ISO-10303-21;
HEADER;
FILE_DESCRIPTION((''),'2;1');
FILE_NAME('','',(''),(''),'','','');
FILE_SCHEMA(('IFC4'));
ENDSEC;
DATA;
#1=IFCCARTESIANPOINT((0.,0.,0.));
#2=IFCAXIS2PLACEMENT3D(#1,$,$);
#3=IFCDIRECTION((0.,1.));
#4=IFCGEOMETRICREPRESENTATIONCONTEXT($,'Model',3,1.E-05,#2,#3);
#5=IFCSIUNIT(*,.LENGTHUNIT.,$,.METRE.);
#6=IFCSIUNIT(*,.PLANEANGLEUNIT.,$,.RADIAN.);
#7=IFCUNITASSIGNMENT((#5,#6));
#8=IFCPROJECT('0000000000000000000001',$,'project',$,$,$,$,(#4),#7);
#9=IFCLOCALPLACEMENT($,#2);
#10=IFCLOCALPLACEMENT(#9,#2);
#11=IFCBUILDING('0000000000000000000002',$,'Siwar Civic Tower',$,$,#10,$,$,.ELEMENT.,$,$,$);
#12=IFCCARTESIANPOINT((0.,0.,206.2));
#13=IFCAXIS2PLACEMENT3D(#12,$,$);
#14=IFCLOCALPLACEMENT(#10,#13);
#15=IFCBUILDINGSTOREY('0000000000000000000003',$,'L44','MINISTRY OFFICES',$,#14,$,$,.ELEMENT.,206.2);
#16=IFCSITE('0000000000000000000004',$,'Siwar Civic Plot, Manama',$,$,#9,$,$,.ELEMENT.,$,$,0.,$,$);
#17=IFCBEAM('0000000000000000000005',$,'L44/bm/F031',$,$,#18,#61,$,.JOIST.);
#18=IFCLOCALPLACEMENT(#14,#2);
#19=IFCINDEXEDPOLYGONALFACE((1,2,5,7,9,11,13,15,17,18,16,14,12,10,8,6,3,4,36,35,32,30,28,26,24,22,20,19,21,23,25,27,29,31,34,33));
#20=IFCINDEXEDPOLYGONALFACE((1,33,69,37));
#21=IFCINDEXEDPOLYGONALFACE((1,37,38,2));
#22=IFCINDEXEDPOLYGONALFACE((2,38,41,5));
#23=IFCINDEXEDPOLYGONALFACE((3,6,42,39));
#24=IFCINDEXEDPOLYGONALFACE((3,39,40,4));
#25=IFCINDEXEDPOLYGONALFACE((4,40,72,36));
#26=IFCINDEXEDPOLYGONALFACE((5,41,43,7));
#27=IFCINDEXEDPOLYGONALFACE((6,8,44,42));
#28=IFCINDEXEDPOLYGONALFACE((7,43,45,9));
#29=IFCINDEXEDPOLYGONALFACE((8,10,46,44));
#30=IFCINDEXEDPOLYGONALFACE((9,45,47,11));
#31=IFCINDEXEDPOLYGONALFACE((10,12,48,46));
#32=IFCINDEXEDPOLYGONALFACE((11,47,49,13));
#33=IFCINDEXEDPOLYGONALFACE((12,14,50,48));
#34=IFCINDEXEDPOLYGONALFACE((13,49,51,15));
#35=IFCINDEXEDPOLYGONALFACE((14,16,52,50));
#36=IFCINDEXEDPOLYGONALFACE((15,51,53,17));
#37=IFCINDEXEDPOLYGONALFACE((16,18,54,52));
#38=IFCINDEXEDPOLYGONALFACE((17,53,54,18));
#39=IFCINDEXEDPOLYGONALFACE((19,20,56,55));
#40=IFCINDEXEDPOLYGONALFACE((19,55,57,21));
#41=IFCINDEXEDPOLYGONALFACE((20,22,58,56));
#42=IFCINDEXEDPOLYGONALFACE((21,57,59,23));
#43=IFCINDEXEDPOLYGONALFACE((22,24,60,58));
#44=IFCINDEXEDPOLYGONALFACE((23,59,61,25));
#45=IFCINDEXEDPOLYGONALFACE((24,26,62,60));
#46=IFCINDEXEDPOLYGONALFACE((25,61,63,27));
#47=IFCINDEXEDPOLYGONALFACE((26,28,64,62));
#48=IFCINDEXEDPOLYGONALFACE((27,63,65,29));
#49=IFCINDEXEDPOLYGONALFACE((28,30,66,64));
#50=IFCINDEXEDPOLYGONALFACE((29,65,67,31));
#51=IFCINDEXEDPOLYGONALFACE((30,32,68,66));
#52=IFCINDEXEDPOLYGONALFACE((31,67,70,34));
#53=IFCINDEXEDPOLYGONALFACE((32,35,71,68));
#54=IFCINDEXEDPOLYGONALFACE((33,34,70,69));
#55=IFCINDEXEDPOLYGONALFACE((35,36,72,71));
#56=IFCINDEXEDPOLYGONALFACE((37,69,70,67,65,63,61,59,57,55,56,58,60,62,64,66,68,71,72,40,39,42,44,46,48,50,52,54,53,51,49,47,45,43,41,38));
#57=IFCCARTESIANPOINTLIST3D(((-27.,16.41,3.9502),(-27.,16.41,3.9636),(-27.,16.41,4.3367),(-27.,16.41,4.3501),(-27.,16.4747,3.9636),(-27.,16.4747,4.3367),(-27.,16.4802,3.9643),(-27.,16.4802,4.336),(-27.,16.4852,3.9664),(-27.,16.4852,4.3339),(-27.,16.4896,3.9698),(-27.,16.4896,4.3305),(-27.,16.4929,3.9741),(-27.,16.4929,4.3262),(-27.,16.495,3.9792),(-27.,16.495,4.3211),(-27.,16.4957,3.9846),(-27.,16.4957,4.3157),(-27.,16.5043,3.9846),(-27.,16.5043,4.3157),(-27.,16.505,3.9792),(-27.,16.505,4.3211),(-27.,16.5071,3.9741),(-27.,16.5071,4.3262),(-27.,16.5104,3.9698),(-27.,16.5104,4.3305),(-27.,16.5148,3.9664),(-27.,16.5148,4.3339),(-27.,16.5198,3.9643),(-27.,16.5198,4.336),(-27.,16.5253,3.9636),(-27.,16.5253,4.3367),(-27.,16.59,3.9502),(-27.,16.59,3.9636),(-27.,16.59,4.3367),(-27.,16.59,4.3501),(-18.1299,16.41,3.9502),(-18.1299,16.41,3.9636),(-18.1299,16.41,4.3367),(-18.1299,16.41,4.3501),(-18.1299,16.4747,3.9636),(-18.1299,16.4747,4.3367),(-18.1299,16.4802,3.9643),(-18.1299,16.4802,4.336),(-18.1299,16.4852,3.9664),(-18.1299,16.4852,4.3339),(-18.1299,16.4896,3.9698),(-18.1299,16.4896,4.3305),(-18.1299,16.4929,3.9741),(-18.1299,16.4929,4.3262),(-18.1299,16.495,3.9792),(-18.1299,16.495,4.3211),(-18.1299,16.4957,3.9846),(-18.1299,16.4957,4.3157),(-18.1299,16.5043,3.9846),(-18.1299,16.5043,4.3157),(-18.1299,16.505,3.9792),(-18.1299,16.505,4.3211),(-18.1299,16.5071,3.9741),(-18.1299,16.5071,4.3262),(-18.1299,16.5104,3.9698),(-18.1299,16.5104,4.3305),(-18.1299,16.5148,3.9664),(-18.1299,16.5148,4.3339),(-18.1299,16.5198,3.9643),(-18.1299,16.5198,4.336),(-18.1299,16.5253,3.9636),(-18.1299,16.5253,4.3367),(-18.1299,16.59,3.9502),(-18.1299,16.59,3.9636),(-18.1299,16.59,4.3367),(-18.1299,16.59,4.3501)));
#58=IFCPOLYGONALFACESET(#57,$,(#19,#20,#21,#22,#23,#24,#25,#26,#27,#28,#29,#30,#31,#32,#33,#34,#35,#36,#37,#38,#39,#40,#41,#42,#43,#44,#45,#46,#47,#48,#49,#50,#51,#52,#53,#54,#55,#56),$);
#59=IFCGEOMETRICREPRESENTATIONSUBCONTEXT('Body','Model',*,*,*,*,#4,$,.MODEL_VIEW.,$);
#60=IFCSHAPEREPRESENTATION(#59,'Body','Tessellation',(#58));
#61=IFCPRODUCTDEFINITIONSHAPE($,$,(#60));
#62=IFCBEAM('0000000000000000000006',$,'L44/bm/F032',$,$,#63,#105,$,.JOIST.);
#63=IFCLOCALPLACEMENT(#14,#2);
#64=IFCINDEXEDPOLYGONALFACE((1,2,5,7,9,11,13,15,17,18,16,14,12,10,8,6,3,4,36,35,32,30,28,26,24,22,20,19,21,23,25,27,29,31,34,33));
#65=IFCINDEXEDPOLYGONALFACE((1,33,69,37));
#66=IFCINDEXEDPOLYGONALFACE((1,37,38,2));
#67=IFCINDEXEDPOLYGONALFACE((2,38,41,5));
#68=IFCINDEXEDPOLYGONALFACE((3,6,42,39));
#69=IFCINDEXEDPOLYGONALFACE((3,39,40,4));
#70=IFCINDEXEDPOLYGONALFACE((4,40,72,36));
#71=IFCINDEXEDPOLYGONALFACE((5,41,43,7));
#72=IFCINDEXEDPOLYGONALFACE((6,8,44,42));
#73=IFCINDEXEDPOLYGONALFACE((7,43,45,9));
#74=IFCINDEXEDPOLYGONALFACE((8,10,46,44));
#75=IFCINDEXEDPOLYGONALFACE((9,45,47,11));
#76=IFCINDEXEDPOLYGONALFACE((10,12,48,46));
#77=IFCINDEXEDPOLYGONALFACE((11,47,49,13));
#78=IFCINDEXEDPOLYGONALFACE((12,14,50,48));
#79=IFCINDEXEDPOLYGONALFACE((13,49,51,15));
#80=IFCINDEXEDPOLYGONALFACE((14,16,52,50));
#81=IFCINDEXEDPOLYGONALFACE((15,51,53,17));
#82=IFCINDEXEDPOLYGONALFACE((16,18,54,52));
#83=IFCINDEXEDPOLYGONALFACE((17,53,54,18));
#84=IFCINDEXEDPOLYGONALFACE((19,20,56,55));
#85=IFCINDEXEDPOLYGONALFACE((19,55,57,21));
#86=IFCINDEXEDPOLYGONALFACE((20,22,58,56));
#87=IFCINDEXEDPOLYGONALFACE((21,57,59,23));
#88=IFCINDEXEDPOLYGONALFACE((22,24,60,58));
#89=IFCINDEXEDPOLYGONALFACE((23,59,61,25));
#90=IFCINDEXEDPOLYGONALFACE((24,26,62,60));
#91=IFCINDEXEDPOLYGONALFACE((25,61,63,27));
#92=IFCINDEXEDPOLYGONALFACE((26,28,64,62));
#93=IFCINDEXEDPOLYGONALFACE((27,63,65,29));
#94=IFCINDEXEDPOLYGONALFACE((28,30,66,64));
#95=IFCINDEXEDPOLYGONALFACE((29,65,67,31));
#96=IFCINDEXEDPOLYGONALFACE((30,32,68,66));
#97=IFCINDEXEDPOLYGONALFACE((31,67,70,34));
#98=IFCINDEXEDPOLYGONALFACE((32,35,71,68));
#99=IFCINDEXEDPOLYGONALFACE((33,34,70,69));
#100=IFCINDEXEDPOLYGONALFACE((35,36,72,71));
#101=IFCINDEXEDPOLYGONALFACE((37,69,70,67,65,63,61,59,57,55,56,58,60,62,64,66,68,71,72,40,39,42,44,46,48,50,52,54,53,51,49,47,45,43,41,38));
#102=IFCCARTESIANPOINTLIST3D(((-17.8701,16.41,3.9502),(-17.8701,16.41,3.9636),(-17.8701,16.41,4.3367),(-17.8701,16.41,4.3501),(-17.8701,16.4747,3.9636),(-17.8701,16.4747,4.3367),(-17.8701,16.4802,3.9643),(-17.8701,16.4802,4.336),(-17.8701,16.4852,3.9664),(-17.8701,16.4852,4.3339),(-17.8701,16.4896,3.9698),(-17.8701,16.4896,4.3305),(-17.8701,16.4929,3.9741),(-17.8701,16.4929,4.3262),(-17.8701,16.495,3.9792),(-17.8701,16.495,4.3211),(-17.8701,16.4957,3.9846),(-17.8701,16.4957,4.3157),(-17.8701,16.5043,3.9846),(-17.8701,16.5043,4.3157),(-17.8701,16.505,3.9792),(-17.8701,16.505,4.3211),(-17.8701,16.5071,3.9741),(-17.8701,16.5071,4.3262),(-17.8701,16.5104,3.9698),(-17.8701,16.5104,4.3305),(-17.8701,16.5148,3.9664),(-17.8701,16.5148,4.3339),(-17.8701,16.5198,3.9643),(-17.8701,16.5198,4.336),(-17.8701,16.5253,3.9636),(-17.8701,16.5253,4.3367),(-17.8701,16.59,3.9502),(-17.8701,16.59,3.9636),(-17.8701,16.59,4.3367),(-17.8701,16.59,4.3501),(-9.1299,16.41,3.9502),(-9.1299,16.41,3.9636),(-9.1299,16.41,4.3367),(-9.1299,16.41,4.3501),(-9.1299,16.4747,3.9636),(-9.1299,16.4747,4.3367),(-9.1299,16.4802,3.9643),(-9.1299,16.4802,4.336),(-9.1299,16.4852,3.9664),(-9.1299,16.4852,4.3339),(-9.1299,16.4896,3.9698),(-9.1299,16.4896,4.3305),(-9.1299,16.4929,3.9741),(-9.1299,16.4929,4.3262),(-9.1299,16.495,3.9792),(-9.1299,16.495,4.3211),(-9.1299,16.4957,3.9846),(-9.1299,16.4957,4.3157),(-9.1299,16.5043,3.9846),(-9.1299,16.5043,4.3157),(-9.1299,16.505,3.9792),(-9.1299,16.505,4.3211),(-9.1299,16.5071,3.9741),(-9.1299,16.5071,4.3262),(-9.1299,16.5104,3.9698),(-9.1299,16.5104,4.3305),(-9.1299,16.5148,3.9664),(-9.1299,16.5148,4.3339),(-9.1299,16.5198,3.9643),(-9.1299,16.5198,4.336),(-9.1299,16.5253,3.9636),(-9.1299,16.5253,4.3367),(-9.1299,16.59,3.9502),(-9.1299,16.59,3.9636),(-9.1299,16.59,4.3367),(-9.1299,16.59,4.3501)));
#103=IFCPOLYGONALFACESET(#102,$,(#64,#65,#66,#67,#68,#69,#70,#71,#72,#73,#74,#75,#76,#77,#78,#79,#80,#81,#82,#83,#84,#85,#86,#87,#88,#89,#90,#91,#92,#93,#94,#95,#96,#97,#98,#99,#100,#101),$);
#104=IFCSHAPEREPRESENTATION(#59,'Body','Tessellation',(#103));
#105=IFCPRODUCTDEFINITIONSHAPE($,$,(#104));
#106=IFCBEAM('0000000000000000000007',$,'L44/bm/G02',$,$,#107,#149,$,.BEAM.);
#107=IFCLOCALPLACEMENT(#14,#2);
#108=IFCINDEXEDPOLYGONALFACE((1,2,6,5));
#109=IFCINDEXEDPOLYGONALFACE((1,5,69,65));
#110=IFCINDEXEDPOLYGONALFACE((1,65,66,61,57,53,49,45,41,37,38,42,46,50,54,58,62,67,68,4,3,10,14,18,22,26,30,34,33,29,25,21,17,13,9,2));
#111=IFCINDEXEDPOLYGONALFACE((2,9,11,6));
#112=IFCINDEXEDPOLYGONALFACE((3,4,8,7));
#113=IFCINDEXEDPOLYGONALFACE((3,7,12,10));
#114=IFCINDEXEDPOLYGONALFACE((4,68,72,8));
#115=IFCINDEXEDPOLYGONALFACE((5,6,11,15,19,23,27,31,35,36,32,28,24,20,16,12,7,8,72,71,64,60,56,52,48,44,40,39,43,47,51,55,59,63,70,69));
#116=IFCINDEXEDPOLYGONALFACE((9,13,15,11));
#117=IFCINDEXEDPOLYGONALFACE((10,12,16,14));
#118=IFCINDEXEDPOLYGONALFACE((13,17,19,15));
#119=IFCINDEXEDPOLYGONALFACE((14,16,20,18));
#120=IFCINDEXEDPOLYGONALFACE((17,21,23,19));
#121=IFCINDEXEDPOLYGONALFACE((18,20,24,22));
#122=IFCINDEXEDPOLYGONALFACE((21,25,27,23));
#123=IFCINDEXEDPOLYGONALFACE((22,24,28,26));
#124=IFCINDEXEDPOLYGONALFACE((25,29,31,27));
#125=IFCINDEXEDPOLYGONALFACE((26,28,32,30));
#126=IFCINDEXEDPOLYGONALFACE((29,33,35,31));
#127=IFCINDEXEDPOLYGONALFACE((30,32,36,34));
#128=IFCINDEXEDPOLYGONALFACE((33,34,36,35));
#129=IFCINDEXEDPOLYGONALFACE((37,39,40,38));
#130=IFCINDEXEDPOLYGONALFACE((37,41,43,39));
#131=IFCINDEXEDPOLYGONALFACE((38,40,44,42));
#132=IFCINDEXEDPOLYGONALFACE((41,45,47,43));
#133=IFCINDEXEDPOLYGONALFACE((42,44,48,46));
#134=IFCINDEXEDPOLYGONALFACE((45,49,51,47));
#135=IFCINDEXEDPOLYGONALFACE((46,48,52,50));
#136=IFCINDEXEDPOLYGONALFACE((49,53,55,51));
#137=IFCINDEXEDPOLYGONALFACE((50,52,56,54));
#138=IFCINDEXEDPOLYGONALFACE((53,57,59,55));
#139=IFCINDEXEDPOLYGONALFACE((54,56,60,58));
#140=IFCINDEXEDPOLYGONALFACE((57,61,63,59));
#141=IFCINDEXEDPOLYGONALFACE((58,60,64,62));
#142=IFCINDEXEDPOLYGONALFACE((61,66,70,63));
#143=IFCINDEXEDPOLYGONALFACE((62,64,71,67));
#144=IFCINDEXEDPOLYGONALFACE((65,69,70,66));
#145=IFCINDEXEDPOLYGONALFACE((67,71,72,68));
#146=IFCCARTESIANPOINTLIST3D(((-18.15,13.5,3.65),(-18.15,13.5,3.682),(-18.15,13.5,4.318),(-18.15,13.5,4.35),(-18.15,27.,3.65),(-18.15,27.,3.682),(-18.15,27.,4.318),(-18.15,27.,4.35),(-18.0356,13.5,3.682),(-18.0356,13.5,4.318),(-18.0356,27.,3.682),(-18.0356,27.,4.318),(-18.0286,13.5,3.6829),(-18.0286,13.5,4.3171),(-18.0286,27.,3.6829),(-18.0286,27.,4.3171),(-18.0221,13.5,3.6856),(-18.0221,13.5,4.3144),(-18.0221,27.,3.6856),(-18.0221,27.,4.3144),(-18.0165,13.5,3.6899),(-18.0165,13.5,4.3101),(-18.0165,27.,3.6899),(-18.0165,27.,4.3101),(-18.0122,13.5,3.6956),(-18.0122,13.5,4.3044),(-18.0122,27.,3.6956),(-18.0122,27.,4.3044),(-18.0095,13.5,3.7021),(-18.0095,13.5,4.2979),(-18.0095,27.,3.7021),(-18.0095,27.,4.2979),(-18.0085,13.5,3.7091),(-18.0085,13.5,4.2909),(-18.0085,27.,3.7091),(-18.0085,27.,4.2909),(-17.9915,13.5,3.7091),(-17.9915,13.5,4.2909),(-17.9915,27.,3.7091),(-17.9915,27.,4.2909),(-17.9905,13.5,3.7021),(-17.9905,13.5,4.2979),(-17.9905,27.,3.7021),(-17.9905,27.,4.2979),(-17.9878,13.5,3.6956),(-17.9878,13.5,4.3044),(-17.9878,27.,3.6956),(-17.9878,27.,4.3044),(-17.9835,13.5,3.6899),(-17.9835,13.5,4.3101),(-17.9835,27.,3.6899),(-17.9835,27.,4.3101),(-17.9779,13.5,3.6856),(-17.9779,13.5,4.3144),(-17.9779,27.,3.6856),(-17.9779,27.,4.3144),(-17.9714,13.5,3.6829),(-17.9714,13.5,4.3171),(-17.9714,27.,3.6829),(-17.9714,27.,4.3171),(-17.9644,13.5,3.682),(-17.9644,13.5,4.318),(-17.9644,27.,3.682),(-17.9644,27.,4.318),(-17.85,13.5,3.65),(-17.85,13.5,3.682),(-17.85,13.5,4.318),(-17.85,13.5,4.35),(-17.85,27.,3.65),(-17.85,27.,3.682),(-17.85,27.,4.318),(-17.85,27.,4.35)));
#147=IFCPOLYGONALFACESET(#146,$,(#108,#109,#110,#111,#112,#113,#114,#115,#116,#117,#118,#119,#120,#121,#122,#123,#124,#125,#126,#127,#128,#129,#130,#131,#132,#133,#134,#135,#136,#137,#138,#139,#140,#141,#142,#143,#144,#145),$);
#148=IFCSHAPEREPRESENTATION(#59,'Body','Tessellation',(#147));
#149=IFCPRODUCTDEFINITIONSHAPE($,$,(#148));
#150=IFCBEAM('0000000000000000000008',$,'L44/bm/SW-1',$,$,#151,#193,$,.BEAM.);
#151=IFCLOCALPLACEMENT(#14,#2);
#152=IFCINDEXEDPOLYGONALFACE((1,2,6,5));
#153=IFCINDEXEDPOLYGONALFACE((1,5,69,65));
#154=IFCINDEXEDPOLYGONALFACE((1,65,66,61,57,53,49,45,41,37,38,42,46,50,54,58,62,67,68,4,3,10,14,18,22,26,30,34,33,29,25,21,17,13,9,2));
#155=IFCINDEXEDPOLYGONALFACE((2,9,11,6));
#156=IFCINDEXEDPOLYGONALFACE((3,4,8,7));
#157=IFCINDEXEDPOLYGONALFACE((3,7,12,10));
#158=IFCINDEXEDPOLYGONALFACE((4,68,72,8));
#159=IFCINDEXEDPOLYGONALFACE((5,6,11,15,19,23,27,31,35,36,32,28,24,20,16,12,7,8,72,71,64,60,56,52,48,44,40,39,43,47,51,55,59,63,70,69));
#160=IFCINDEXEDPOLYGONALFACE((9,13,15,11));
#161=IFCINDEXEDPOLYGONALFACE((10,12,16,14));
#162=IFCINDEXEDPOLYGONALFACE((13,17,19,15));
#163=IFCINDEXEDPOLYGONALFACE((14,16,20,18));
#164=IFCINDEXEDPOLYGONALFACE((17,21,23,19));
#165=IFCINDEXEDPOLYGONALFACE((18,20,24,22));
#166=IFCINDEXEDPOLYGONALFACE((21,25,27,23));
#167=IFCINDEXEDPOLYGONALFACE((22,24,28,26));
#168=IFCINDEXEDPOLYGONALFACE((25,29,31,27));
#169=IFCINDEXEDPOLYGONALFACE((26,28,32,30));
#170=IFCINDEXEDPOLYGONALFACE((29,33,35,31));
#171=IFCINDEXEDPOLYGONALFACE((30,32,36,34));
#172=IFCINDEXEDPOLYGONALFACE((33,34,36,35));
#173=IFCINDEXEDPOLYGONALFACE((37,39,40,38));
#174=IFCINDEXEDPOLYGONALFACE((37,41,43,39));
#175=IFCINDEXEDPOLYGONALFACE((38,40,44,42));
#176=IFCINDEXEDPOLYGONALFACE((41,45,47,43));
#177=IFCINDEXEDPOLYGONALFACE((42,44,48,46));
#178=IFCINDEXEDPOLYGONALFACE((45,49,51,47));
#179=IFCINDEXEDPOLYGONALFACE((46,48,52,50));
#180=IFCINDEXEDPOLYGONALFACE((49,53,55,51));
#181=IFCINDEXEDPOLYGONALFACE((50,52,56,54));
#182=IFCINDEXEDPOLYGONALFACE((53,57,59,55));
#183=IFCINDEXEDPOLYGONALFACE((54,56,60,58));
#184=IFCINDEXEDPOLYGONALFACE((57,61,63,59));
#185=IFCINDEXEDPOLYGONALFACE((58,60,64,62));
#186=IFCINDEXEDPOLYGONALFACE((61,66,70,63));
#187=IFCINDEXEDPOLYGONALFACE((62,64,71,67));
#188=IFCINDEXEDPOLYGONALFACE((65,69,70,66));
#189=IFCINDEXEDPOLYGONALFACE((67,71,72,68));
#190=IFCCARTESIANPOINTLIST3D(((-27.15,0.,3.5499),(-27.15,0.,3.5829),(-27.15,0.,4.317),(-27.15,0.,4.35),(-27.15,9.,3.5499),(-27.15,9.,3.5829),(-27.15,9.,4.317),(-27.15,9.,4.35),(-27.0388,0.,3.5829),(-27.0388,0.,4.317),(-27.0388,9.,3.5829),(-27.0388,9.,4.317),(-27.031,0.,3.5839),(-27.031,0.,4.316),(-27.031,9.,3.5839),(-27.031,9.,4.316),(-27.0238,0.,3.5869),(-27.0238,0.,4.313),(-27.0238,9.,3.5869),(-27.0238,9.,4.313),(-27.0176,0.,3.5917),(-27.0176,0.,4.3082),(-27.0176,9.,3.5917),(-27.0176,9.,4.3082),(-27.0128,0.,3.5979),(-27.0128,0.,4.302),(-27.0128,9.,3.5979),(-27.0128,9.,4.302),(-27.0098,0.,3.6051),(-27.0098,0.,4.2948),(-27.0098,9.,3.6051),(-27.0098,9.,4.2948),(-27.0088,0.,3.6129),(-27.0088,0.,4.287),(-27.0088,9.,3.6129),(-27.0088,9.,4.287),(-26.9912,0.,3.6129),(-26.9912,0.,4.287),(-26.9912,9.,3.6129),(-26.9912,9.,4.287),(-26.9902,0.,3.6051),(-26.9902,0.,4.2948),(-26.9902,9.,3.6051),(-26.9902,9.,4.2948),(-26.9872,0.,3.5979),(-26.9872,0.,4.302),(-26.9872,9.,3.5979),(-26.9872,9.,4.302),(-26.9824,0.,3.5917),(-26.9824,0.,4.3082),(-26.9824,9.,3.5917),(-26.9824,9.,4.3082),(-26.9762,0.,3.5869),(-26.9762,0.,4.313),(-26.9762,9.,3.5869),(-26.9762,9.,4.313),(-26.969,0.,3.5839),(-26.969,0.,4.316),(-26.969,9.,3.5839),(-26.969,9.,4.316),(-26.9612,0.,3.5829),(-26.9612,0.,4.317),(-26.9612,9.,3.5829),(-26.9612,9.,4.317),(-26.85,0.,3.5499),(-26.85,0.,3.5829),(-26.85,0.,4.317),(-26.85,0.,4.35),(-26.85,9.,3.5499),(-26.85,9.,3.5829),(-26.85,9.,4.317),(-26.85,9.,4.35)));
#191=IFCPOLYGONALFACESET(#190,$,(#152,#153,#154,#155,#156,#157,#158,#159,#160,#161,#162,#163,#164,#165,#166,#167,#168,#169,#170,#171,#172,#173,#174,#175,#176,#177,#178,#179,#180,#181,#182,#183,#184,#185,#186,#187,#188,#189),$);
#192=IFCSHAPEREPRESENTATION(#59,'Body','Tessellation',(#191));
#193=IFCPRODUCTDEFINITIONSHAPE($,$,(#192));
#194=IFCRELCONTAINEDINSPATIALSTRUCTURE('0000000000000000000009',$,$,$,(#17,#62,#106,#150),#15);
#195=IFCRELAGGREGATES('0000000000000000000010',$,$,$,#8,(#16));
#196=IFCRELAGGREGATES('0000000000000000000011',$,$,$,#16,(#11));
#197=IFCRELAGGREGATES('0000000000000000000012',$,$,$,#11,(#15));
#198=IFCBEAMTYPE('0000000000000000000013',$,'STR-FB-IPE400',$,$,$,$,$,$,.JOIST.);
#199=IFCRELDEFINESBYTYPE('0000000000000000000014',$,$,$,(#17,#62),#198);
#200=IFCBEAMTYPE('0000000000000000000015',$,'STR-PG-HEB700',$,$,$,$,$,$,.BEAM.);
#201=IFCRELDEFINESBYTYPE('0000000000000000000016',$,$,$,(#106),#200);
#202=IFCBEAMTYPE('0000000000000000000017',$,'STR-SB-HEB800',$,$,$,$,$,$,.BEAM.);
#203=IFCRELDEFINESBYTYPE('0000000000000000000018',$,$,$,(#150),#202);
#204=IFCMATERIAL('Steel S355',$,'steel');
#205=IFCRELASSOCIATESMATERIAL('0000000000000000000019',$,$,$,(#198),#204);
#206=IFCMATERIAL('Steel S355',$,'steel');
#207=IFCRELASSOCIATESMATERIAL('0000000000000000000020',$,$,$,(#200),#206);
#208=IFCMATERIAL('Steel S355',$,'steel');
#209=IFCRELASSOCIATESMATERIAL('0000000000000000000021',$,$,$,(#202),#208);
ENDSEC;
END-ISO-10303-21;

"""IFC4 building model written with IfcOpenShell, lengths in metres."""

from ifc_helpers import new_model, si_unit, direction, frame, origin, origin_2d, place, context, subcontext, project, spatial, i_section, extrude, material, material_profile, profile_set, type_object, element, save


model = new_model("IFC4")

# Units and contexts
model_context = context("Model", 3, precision=1e-05, world=origin(), true_north=direction((0.0, 1.0)))
body_context = subcontext(model_context, "Body", "Model", "MODEL_VIEW")
ifc_project = project(units=[si_unit("LENGTHUNIT", "METRE"), si_unit("PLANEANGLEUNIT", "RADIAN")], contexts=[model_context])

# Site, building, storey
site_placement = place(None, origin())
site = spatial("IfcSite", under=ifc_project, at=site_placement, Name="Siwar Civic Plot, Manama", CompositionType="ELEMENT", RefElevation=0.0)
building_placement = place(site_placement, origin())
building = spatial("IfcBuilding", under=site, at=building_placement, Name="Siwar Civic Tower", CompositionType="ELEMENT")
storey_placement = place(building_placement, frame((0.0, 0.0, 206.2)))
storey = spatial("IfcBuildingStorey", under=building, at=storey_placement, Name="L44", Description="MINISTRY OFFICES", CompositionType="ELEMENT", Elevation=206.2)

# Beams
ifc_material_1 = material(Name="Steel S355", Category="steel")
ifc_material_profile_1 = material_profile(ifc_material_1, i_section(OverallWidth=0.1799, OverallDepth=0.3999, WebThickness=0.0085, FlangeThickness=0.0134, FilletRadius=0.021, at=origin_2d()), Name="IPE400")
ifc_profile_set_1 = profile_set([ifc_material_profile_1], Name="Steel S355")
beam_type_1 = type_object("IfcBeamType", Name="STR-FB-IPE400", PredefinedType="JOIST", material=ifc_profile_set_1)
beam_1_placement = place(storey_placement, frame((-27.0, 16.5, 4.1501), z_axis=(1.0, 0.0, 0.0), x_axis=(0.0, 1.0, 0.0)))
element("IfcBeam", 1, at=beam_1_placement, inside=storey, type_object=beam_type_1, Name="L44/bm/F031", PredefinedType="JOIST", context=body_context, shape_type="SweptSolid", body=[
    extrude(i_section(OverallWidth=0.1799, OverallDepth=0.3999, WebThickness=0.0085, FlangeThickness=0.0134, FilletRadius=0.021, at=origin_2d()), origin(), (0.0, 0.0, 1.0), 8.8701),
])
beam_2_placement = place(storey_placement, frame((-17.8701, 16.5, 4.1501), z_axis=(1.0, 0.0, 0.0), x_axis=(0.0, 1.0, 0.0)))
element("IfcBeam", 2, at=beam_2_placement, inside=storey, type_object=beam_type_1, Name="L44/bm/F032", PredefinedType="JOIST", context=body_context, shape_type="SweptSolid", body=[
    extrude(i_section(OverallWidth=0.1799, OverallDepth=0.3999, WebThickness=0.0085, FlangeThickness=0.0134, FilletRadius=0.021, at=origin_2d()), origin(), (0.0, 0.0, 1.0), 8.7402),
])
ifc_material_2 = material(Name="Steel S355", Category="steel")
ifc_material_profile_2 = material_profile(ifc_material_2, i_section(OverallWidth=0.3, OverallDepth=0.7, WebThickness=0.0171, FlangeThickness=0.032, FilletRadius=0.0271, at=origin_2d()), Name="HEB700")
ifc_profile_set_2 = profile_set([ifc_material_profile_2], Name="Steel S355")
beam_type_2 = type_object("IfcBeamType", Name="STR-PG-HEB700", PredefinedType="BEAM", material=ifc_profile_set_2)
beam_3_placement = place(storey_placement, frame((-18.0, 13.5, 4.0), z_axis=(0.0, 1.0, 0.0), x_axis=(-1.0, 0.0, 0.0)))
element("IfcBeam", 3, at=beam_3_placement, inside=storey, type_object=beam_type_2, Name="L44/bm/G02", PredefinedType="BEAM", context=body_context, shape_type="SweptSolid", body=[
    extrude(i_section(OverallWidth=0.3, OverallDepth=0.7, WebThickness=0.0171, FlangeThickness=0.032, FilletRadius=0.0271, at=origin_2d()), origin(), (0.0, 0.0, 1.0), 13.5),
])
ifc_material_3 = material(Name="Steel S355", Category="steel")
ifc_material_profile_3 = material_profile(ifc_material_3, i_section(OverallWidth=0.3, OverallDepth=0.8, WebThickness=0.0176, FlangeThickness=0.033, FilletRadius=0.03, at=origin_2d()), Name="HEB800")
ifc_profile_set_3 = profile_set([ifc_material_profile_3], Name="Steel S355")
beam_type_3 = type_object("IfcBeamType", Name="STR-SB-HEB800", PredefinedType="BEAM", material=ifc_profile_set_3)
for number, where, z_axis, x_axis, name in (
    (4, (-27.0, 9.0, 3.95), (0.0, -1.0, 0.0), (1.0, 0.0, 0.0), "L44/bm/SW-1"),
):
    element("IfcBeam", number, at=place(storey_placement, frame(where, z_axis=z_axis, x_axis=x_axis)), inside=storey, type_object=beam_type_3, Name=name, PredefinedType="BEAM", context=body_context, shape_type="SweptSolid", body=[
        extrude(i_section(OverallWidth=0.3, OverallDepth=0.8, WebThickness=0.0176, FlangeThickness=0.033, FilletRadius=0.03, at=origin_2d()), origin(), (0.0, 0.0, 1.0), 9.0),
    ])

save(model, "model.ifc")
